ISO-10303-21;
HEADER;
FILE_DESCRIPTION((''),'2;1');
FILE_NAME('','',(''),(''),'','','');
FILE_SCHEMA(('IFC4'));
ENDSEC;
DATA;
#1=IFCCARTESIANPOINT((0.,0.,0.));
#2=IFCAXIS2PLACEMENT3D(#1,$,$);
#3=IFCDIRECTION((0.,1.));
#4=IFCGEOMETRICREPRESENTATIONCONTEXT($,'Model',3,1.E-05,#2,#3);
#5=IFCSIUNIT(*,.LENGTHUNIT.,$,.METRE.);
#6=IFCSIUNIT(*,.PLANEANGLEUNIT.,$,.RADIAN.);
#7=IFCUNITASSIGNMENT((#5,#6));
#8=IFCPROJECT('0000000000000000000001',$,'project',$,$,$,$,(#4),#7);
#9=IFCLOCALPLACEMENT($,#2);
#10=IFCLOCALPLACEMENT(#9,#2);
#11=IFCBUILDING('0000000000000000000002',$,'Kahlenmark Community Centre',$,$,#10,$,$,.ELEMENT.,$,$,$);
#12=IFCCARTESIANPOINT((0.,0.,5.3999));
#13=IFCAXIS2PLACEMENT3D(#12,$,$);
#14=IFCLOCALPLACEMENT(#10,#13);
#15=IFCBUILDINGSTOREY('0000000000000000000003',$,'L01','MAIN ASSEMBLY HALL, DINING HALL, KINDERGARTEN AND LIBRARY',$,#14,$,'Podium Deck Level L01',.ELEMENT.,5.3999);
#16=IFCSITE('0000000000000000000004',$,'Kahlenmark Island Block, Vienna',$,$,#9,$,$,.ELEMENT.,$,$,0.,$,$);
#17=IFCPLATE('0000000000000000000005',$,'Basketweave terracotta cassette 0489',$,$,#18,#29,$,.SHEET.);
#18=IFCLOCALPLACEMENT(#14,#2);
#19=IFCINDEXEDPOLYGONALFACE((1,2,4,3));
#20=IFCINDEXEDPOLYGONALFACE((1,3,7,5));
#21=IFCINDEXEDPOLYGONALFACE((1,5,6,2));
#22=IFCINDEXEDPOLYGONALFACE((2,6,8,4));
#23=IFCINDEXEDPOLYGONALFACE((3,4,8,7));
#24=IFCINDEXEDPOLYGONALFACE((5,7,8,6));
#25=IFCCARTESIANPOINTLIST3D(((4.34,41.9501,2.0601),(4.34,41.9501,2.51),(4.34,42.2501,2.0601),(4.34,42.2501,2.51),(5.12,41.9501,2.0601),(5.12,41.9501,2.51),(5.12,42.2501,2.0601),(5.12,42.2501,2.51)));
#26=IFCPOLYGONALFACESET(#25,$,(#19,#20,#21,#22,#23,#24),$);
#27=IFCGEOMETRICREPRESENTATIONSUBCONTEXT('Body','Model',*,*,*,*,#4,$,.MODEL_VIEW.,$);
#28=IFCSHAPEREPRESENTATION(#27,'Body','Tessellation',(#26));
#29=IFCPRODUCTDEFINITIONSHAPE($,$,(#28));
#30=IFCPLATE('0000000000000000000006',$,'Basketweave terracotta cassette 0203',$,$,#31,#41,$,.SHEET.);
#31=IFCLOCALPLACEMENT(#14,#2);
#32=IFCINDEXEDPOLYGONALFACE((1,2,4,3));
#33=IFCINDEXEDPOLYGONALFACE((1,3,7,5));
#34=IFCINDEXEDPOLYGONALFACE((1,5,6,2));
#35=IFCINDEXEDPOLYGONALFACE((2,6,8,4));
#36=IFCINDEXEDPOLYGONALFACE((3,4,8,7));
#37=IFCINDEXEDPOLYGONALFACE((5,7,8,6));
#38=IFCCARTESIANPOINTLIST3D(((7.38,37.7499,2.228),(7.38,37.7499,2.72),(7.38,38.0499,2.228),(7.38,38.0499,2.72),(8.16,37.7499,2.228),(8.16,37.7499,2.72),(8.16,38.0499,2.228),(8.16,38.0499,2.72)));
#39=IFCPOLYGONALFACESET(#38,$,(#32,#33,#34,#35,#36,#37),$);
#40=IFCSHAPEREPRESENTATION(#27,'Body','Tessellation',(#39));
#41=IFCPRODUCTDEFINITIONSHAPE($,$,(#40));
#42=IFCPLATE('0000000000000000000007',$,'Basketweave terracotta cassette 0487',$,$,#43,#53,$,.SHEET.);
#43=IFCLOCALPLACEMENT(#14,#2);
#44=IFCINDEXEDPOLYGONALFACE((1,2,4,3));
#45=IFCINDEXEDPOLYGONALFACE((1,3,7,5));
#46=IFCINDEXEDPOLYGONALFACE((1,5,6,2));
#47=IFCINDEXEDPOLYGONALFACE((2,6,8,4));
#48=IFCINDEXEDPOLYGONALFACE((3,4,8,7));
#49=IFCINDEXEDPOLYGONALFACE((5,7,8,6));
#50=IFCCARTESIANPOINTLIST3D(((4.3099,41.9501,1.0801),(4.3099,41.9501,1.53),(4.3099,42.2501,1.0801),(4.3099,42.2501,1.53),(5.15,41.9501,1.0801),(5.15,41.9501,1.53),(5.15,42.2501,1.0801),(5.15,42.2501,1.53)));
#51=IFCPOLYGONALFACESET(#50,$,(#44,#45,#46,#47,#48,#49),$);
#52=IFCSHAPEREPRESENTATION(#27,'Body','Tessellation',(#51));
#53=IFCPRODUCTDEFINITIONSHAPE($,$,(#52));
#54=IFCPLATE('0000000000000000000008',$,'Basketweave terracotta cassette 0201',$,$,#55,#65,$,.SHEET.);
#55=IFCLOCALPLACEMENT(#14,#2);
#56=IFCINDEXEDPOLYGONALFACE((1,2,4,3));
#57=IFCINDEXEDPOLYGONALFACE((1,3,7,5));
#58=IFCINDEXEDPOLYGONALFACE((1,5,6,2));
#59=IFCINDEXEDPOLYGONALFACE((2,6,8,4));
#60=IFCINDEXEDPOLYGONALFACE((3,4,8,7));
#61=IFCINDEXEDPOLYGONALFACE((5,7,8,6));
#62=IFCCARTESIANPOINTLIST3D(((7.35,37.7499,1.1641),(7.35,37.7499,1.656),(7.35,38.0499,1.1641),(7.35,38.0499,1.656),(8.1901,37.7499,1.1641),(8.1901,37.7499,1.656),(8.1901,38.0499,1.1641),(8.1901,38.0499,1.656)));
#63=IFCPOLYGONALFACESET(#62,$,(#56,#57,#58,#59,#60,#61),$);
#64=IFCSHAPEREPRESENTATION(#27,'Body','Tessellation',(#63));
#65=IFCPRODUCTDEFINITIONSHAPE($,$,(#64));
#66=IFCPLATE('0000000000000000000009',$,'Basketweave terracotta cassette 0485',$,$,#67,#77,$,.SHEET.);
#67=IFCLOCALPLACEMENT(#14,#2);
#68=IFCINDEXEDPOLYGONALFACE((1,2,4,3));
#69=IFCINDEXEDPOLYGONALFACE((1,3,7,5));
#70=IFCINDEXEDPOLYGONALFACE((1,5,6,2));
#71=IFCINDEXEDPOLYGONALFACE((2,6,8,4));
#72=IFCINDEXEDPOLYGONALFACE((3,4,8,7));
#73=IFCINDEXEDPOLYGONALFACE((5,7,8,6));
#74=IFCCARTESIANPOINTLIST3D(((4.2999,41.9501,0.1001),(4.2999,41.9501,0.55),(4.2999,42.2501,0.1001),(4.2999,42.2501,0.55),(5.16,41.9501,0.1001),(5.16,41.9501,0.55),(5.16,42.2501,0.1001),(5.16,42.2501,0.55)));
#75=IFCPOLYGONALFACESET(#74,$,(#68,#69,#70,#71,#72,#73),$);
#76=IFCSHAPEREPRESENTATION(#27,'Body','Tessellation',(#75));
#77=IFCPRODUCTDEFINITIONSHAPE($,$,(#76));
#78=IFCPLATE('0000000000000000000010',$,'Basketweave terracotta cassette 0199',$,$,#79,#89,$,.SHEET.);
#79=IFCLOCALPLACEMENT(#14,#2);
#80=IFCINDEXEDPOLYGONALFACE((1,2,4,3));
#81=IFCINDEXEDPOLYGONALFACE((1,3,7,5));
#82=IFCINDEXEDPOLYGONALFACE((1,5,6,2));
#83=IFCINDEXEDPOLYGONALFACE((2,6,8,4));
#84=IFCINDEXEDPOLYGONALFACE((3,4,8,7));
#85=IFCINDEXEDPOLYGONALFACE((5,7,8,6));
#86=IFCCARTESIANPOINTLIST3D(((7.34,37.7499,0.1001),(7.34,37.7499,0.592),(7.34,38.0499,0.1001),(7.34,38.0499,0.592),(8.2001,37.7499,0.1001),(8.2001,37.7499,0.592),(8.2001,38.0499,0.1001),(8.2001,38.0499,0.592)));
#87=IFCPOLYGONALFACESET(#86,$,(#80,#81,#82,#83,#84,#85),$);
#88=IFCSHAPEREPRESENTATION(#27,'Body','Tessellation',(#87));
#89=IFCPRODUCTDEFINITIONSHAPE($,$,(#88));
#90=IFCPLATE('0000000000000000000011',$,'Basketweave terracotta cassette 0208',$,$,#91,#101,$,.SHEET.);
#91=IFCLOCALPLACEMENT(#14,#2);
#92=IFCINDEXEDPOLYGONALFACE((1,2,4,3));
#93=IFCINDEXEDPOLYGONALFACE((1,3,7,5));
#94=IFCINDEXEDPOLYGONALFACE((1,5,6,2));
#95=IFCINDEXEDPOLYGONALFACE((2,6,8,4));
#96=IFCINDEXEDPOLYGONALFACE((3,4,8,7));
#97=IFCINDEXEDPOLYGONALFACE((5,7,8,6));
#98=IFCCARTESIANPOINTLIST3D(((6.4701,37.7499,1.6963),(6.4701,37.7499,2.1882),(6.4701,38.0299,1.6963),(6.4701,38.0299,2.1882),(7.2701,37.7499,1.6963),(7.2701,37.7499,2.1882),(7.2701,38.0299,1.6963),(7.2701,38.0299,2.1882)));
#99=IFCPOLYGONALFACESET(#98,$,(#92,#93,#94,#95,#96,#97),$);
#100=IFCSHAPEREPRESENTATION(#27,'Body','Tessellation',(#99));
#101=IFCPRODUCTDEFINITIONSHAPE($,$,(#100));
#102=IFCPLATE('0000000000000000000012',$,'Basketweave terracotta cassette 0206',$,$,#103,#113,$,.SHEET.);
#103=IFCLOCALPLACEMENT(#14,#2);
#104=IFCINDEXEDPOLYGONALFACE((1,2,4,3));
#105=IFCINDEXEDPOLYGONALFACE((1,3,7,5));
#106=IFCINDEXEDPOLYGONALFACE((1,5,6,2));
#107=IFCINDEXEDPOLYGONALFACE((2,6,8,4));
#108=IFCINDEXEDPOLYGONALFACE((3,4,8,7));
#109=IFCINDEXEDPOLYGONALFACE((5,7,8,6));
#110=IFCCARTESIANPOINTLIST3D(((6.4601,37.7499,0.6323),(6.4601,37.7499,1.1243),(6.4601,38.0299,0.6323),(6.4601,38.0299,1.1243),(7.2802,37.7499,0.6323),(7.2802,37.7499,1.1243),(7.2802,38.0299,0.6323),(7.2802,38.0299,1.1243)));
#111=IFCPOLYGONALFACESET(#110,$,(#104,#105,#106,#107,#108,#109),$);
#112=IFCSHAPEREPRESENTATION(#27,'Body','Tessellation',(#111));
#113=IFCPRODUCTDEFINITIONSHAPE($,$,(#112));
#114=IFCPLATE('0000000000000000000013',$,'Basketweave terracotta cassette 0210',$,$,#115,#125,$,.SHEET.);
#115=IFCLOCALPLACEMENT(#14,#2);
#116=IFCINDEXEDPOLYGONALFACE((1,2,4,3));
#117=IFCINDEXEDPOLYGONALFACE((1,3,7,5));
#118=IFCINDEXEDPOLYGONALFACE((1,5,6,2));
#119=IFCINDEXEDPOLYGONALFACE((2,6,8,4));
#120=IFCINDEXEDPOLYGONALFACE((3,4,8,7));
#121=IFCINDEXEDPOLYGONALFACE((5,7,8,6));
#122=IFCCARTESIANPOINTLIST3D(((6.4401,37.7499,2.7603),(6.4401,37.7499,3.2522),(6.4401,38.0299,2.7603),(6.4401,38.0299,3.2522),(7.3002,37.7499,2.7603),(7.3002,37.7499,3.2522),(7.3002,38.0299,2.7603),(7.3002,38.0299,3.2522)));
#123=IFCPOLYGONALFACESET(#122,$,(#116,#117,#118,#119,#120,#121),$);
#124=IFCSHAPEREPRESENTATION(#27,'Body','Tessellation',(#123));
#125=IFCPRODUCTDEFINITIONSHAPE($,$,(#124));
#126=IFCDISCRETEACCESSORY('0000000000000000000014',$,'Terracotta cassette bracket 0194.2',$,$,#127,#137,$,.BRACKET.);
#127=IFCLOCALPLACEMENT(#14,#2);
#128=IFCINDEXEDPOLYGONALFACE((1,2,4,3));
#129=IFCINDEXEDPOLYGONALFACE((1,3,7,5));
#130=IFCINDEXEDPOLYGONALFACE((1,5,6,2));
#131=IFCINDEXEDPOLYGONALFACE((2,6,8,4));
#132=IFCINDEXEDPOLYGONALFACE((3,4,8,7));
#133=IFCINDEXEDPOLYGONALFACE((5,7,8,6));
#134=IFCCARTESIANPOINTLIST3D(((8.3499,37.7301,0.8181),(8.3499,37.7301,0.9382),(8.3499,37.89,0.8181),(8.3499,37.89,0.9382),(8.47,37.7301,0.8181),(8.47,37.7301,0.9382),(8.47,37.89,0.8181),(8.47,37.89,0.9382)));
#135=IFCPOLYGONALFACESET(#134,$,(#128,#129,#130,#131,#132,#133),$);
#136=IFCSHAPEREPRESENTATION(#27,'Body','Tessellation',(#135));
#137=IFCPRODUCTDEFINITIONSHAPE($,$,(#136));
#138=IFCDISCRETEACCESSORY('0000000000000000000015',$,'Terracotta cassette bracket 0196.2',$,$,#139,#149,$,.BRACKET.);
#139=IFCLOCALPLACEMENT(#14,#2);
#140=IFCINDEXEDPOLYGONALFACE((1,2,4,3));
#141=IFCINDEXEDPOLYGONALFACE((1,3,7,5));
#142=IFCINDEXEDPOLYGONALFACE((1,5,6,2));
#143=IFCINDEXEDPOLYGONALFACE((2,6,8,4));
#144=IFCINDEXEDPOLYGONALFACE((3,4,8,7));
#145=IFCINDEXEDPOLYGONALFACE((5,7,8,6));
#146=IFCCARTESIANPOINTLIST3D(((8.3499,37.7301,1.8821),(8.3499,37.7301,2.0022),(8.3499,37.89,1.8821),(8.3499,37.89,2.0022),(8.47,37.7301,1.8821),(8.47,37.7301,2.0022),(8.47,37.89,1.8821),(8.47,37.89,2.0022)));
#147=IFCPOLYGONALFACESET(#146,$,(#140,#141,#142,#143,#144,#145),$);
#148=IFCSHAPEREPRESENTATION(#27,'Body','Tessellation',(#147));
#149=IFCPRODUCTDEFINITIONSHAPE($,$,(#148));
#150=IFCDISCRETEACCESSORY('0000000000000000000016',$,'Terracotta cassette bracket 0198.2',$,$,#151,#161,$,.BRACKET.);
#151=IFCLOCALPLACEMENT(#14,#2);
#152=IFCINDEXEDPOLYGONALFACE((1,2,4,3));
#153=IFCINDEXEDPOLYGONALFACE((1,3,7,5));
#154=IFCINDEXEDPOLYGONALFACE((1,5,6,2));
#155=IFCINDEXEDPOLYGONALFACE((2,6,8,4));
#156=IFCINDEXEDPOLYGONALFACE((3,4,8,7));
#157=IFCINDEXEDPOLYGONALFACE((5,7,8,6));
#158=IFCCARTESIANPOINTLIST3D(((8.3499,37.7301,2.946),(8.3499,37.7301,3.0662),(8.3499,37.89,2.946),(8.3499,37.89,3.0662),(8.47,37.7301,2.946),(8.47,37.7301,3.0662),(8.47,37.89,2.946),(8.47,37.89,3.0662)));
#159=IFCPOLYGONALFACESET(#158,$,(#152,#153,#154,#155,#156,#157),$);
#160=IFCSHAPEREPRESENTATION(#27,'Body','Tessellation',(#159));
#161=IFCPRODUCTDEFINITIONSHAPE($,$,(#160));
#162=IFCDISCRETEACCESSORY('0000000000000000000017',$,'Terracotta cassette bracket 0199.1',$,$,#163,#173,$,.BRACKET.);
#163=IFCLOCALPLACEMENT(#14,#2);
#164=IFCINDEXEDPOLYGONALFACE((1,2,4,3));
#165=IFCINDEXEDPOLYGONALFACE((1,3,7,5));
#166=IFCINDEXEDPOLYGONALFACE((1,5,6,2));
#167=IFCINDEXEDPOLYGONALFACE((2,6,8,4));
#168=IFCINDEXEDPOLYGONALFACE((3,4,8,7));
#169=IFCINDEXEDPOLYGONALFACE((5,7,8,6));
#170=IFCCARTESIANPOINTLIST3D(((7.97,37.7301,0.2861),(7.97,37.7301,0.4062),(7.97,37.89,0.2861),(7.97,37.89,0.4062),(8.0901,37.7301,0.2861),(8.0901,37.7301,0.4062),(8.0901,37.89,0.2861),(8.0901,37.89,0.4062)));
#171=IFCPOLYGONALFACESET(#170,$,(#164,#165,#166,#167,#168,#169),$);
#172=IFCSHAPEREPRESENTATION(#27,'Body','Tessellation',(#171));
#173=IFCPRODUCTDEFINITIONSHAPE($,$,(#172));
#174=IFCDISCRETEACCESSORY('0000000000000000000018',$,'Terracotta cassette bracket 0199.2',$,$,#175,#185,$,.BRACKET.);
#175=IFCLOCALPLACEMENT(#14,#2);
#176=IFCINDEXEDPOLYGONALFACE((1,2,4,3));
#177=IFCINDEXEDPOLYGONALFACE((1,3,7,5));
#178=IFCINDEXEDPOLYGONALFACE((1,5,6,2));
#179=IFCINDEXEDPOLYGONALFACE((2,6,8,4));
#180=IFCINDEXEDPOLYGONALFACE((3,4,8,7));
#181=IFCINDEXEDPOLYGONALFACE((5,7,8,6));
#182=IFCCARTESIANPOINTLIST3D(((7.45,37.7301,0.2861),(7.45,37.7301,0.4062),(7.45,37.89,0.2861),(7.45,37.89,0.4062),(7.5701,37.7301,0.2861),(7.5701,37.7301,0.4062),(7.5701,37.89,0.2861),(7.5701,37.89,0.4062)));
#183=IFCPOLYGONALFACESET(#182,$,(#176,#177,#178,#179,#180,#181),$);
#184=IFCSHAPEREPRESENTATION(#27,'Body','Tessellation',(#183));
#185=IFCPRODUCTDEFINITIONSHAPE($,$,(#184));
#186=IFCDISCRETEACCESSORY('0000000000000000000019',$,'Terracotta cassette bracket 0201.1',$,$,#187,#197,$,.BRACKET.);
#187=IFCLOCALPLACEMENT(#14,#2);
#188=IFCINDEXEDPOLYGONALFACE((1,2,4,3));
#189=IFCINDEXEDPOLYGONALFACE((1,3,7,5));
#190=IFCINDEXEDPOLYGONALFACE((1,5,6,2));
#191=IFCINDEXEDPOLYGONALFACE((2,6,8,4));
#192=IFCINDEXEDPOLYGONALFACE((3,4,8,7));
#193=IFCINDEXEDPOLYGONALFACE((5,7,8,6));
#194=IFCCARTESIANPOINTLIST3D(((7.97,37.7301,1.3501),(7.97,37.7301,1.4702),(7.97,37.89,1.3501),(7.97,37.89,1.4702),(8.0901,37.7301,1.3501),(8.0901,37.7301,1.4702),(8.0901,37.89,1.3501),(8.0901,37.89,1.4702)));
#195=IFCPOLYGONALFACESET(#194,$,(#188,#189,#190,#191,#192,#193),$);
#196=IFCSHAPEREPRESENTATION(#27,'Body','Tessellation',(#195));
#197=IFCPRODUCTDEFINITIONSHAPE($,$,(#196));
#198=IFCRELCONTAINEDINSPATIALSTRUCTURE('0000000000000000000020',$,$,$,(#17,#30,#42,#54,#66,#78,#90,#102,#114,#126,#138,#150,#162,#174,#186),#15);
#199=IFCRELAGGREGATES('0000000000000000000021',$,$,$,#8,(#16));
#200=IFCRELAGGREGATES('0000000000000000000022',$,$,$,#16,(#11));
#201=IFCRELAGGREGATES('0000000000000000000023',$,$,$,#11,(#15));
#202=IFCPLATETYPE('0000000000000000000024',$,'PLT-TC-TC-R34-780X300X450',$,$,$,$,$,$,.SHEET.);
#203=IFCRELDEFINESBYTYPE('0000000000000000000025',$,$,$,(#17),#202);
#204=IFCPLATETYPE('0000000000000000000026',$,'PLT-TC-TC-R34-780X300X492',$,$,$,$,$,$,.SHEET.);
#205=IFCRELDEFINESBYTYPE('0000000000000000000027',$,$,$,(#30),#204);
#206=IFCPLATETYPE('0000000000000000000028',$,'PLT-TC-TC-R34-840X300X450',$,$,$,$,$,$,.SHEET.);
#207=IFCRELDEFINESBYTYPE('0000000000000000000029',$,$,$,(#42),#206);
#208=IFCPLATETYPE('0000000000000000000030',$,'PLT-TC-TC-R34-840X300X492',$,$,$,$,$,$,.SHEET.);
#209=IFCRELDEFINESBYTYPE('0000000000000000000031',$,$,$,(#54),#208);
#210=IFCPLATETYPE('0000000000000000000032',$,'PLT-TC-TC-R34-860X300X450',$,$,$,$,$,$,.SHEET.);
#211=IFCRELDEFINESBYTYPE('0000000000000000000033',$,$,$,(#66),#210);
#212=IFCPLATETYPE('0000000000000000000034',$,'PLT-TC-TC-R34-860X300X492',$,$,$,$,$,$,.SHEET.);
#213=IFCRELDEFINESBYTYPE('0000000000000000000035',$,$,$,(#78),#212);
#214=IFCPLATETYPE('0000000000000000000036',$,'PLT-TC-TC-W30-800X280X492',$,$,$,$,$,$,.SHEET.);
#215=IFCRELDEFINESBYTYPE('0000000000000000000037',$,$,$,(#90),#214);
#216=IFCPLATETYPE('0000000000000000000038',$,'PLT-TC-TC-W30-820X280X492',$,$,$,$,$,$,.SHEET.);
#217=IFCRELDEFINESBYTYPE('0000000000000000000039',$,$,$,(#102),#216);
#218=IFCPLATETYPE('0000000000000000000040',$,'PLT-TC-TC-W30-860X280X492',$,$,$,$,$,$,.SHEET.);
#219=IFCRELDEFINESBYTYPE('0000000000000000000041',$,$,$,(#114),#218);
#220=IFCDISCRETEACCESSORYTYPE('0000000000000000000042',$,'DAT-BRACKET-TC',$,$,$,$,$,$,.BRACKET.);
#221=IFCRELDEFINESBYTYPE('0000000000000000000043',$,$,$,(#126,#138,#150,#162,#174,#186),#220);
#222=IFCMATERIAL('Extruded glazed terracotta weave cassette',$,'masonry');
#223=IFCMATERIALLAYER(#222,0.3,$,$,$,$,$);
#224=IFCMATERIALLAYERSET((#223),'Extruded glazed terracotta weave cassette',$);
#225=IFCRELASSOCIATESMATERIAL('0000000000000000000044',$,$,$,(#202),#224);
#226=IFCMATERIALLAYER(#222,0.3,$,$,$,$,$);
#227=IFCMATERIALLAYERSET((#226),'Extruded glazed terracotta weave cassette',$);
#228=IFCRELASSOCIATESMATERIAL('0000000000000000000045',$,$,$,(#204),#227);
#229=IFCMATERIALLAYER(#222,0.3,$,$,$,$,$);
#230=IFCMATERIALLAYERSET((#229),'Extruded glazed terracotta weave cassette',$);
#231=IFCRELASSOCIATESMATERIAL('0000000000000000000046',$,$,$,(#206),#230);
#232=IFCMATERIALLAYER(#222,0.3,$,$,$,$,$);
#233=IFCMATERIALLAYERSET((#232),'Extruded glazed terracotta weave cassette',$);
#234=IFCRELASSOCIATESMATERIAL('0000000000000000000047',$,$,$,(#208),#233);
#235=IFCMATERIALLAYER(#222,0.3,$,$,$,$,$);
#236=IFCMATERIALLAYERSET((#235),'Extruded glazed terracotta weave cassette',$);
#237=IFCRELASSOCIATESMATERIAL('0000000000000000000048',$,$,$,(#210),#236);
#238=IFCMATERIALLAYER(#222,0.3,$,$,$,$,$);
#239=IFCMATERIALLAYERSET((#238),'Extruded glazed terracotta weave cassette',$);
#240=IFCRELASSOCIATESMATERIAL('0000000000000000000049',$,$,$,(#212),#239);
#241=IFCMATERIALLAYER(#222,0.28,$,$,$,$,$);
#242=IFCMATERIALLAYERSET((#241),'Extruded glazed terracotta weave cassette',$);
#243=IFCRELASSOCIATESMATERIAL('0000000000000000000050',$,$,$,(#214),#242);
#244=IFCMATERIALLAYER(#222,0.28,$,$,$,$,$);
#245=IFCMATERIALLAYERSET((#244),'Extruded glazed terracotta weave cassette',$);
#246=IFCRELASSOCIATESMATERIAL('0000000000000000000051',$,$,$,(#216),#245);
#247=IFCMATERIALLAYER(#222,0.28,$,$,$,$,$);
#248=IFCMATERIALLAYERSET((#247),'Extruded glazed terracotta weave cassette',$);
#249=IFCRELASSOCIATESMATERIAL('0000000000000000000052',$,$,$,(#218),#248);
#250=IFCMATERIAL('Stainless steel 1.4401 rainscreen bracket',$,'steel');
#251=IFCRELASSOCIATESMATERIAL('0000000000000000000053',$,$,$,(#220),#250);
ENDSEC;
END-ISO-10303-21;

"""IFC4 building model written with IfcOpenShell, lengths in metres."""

from ifc_helpers import new_model, si_unit, direction, frame, origin, origin_2d, place, context, subcontext, project, spatial, rectangle, extrude, material, layer, layer_set, type_object, element, save


model = new_model("IFC4")

# Units and contexts
model_context = context("Model", 3, precision=1e-05, world=origin(), true_north=direction((0.0, 1.0)))
body_context = subcontext(model_context, "Body", "Model", "MODEL_VIEW")
ifc_project = project(units=[si_unit("LENGTHUNIT", "METRE"), si_unit("PLANEANGLEUNIT", "RADIAN")], contexts=[model_context])

# Site, building, storey
site_placement = place(None, origin())
site = spatial("IfcSite", under=ifc_project, at=site_placement, Name="Kahlenmark Island Block, Vienna", CompositionType="ELEMENT", RefElevation=0.0)
building_placement = place(site_placement, origin())
building = spatial("IfcBuilding", under=site, at=building_placement, Name="Kahlenmark Community Centre", CompositionType="ELEMENT")
storey_placement = place(building_placement, frame((0.0, 0.0, 5.3999)))
storey = spatial("IfcBuildingStorey", under=building, at=storey_placement, Name="L01", Description="MAIN ASSEMBLY HALL, DINING HALL, KINDERGARTEN AND LIBRARY", LongName="Podium Deck Level L01", CompositionType="ELEMENT", Elevation=5.3999)

# Plates
ifc_material_1 = material(Name="Extruded glazed terracotta weave cassette", Category="masonry")
ifc_layer_1 = layer(ifc_material_1, 0.3)
ifc_layer_set_1 = layer_set([ifc_layer_1], Name="Extruded glazed terracotta weave cassette")
plate_type_1 = type_object("IfcPlateType", Name="PLT-TC-TC-R34-780X300X450", PredefinedType="SHEET", material=ifc_layer_set_1)
plate_1_placement = place(storey_placement, frame((4.73, 42.1001, 2.0601), z_axis=(0.0, 0.0, 1.0), x_axis=(1.0, 0.0, 0.0)))
element("IfcPlate", 1, at=plate_1_placement, inside=storey, type_object=plate_type_1, Name="Basketweave terracotta cassette 0489", PredefinedType="SHEET", context=body_context, shape_type="SweptSolid", body=[
    extrude(rectangle(XDim=0.78, YDim=0.3, at=origin_2d()), origin(), (0.0, 0.0, 1.0), 0.45),
])
ifc_layer_2 = layer(ifc_material_1, 0.3)
ifc_layer_set_2 = layer_set([ifc_layer_2], Name="Extruded glazed terracotta weave cassette")
plate_type_2 = type_object("IfcPlateType", Name="PLT-TC-TC-R34-780X300X492", PredefinedType="SHEET", material=ifc_layer_set_2)
plate_2_placement = place(storey_placement, frame((7.77, 37.8999, 2.228), z_axis=(0.0, 0.0, 1.0), x_axis=(-1.0, 0.0, 0.0)))
element("IfcPlate", 2, at=plate_2_placement, inside=storey, type_object=plate_type_2, Name="Basketweave terracotta cassette 0203", PredefinedType="SHEET", context=body_context, shape_type="SweptSolid", body=[
    extrude(rectangle(XDim=0.78, YDim=0.3, at=origin_2d()), origin(), (0.0, 0.0, 1.0), 0.4919),
])
ifc_layer_3 = layer(ifc_material_1, 0.3)
ifc_layer_set_3 = layer_set([ifc_layer_3], Name="Extruded glazed terracotta weave cassette")
plate_type_3 = type_object("IfcPlateType", Name="PLT-TC-TC-R34-840X300X450", PredefinedType="SHEET", material=ifc_layer_set_3)
plate_3_placement = place(storey_placement, frame((4.73, 42.1001, 1.0801), z_axis=(0.0, 0.0, 1.0), x_axis=(1.0, 0.0, 0.0)))
element("IfcPlate", 3, at=plate_3_placement, inside=storey, type_object=plate_type_3, Name="Basketweave terracotta cassette 0487", PredefinedType="SHEET", context=body_context, shape_type="SweptSolid", body=[
    extrude(rectangle(XDim=0.8401, YDim=0.3, at=origin_2d()), origin(), (0.0, 0.0, 1.0), 0.45),
])
ifc_layer_4 = layer(ifc_material_1, 0.3)
ifc_layer_set_4 = layer_set([ifc_layer_4], Name="Extruded glazed terracotta weave cassette")
plate_type_4 = type_object("IfcPlateType", Name="PLT-TC-TC-R34-840X300X492", PredefinedType="SHEET", material=ifc_layer_set_4)
plate_4_placement = place(storey_placement, frame((7.77, 37.8999, 1.1641), z_axis=(0.0, 0.0, 1.0), x_axis=(-1.0, 0.0, 0.0)))
element("IfcPlate", 4, at=plate_4_placement, inside=storey, type_object=plate_type_4, Name="Basketweave terracotta cassette 0201", PredefinedType="SHEET", context=body_context, shape_type="SweptSolid", body=[
    extrude(rectangle(XDim=0.8401, YDim=0.3, at=origin_2d()), origin(), (0.0, 0.0, 1.0), 0.4919),
])
ifc_layer_5 = layer(ifc_material_1, 0.3)
ifc_layer_set_5 = layer_set([ifc_layer_5], Name="Extruded glazed terracotta weave cassette")
plate_type_5 = type_object("IfcPlateType", Name="PLT-TC-TC-R34-860X300X450", PredefinedType="SHEET", material=ifc_layer_set_5)
plate_5_placement = place(storey_placement, frame((4.73, 42.1001, 0.1001), z_axis=(0.0, 0.0, 1.0), x_axis=(1.0, 0.0, 0.0)))
element("IfcPlate", 5, at=plate_5_placement, inside=storey, type_object=plate_type_5, Name="Basketweave terracotta cassette 0485", PredefinedType="SHEET", context=body_context, shape_type="SweptSolid", body=[
    extrude(rectangle(XDim=0.8601, YDim=0.3, at=origin_2d()), origin(), (0.0, 0.0, 1.0), 0.45),
])
ifc_layer_6 = layer(ifc_material_1, 0.3)
ifc_layer_set_6 = layer_set([ifc_layer_6], Name="Extruded glazed terracotta weave cassette")
plate_type_6 = type_object("IfcPlateType", Name="PLT-TC-TC-R34-860X300X492", PredefinedType="SHEET", material=ifc_layer_set_6)
plate_6_placement = place(storey_placement, frame((7.77, 37.8999, 0.1001), z_axis=(0.0, 0.0, 1.0), x_axis=(-1.0, 0.0, 0.0)))
element("IfcPlate", 6, at=plate_6_placement, inside=storey, type_object=plate_type_6, Name="Basketweave terracotta cassette 0199", PredefinedType="SHEET", context=body_context, shape_type="SweptSolid", body=[
    extrude(rectangle(XDim=0.8601, YDim=0.3, at=origin_2d()), origin(), (0.0, 0.0, 1.0), 0.4919),
])
ifc_layer_7 = layer(ifc_material_1, 0.28)
ifc_layer_set_7 = layer_set([ifc_layer_7], Name="Extruded glazed terracotta weave cassette")
plate_type_7 = type_object("IfcPlateType", Name="PLT-TC-TC-W30-800X280X492", PredefinedType="SHEET", material=ifc_layer_set_7)
plate_7_placement = place(storey_placement, frame((6.8701, 37.8899, 1.6963), z_axis=(0.0, 0.0, 1.0), x_axis=(-1.0, 0.0, 0.0)))
element("IfcPlate", 7, at=plate_7_placement, inside=storey, type_object=plate_type_7, Name="Basketweave terracotta cassette 0208", PredefinedType="SHEET", context=body_context, shape_type="SweptSolid", body=[
    extrude(rectangle(XDim=0.8, YDim=0.28, at=origin_2d()), origin(), (0.0, 0.0, 1.0), 0.4919),
])
ifc_layer_8 = layer(ifc_material_1, 0.28)
ifc_layer_set_8 = layer_set([ifc_layer_8], Name="Extruded glazed terracotta weave cassette")
plate_type_8 = type_object("IfcPlateType", Name="PLT-TC-TC-W30-820X280X492", PredefinedType="SHEET", material=ifc_layer_set_8)
plate_8_placement = place(storey_placement, frame((6.8701, 37.8899, 0.6323), z_axis=(0.0, 0.0, 1.0), x_axis=(-1.0, 0.0, 0.0)))
element("IfcPlate", 8, at=plate_8_placement, inside=storey, type_object=plate_type_8, Name="Basketweave terracotta cassette 0206", PredefinedType="SHEET", context=body_context, shape_type="SweptSolid", body=[
    extrude(rectangle(XDim=0.8201, YDim=0.28, at=origin_2d()), origin(), (0.0, 0.0, 1.0), 0.4919),
])
ifc_layer_9 = layer(ifc_material_1, 0.28)
ifc_layer_set_9 = layer_set([ifc_layer_9], Name="Extruded glazed terracotta weave cassette")
plate_type_9 = type_object("IfcPlateType", Name="PLT-TC-TC-W30-860X280X492", PredefinedType="SHEET", material=ifc_layer_set_9)
plate_9_placement = place(storey_placement, frame((6.8701, 37.8899, 2.7603), z_axis=(0.0, 0.0, 1.0), x_axis=(-1.0, 0.0, 0.0)))
element("IfcPlate", 9, at=plate_9_placement, inside=storey, type_object=plate_type_9, Name="Basketweave terracotta cassette 0210", PredefinedType="SHEET", context=body_context, shape_type="SweptSolid", body=[
    extrude(rectangle(XDim=0.8601, YDim=0.28, at=origin_2d()), origin(), (0.0, 0.0, 1.0), 0.4919),
])

# Discrete accessories
ifc_material_2 = material(Name="Stainless steel 1.4401 rainscreen bracket", Category="steel")
discrete_accessory_type = type_object("IfcDiscreteAccessoryType", Name="DAT-BRACKET-TC", PredefinedType="BRACKET", material=ifc_material_2)
for number, where, z_axis, x_axis, name in (
    (10, (8.4099, 37.8101, 0.8181), (0.0, 0.0, 1.0), (-1.0, 0.0, 0.0), "Terracotta cassette bracket 0194.2"),
    (11, (8.4099, 37.8101, 1.8821), (0.0, 0.0, 1.0), (-1.0, 0.0, 0.0), "Terracotta cassette bracket 0196.2"),
    (12, (8.4099, 37.8101, 2.946), (0.0, 0.0, 1.0), (-1.0, 0.0, 0.0), "Terracotta cassette bracket 0198.2"),
    (13, (8.03, 37.8101, 0.2861), (0.0, 0.0, 1.0), (-1.0, 0.0, 0.0), "Terracotta cassette bracket 0199.1"),
    (14, (7.51, 37.8101, 0.2861), (0.0, 0.0, 1.0), (-1.0, 0.0, 0.0), "Terracotta cassette bracket 0199.2"),
    (15, (8.03, 37.8101, 1.3501), (0.0, 0.0, 1.0), (-1.0, 0.0, 0.0), "Terracotta cassette bracket 0201.1"),
):
    element("IfcDiscreteAccessory", number, at=place(storey_placement, frame(where, z_axis=z_axis, x_axis=x_axis)), inside=storey, type_object=discrete_accessory_type, Name=name, PredefinedType="BRACKET", context=body_context, shape_type="SweptSolid", body=[
        extrude(rectangle(XDim=0.1201, YDim=0.1599, at=origin_2d()), origin(), (0.0, 0.0, 1.0), 0.1201),
    ])

save(model, "model.ifc")
